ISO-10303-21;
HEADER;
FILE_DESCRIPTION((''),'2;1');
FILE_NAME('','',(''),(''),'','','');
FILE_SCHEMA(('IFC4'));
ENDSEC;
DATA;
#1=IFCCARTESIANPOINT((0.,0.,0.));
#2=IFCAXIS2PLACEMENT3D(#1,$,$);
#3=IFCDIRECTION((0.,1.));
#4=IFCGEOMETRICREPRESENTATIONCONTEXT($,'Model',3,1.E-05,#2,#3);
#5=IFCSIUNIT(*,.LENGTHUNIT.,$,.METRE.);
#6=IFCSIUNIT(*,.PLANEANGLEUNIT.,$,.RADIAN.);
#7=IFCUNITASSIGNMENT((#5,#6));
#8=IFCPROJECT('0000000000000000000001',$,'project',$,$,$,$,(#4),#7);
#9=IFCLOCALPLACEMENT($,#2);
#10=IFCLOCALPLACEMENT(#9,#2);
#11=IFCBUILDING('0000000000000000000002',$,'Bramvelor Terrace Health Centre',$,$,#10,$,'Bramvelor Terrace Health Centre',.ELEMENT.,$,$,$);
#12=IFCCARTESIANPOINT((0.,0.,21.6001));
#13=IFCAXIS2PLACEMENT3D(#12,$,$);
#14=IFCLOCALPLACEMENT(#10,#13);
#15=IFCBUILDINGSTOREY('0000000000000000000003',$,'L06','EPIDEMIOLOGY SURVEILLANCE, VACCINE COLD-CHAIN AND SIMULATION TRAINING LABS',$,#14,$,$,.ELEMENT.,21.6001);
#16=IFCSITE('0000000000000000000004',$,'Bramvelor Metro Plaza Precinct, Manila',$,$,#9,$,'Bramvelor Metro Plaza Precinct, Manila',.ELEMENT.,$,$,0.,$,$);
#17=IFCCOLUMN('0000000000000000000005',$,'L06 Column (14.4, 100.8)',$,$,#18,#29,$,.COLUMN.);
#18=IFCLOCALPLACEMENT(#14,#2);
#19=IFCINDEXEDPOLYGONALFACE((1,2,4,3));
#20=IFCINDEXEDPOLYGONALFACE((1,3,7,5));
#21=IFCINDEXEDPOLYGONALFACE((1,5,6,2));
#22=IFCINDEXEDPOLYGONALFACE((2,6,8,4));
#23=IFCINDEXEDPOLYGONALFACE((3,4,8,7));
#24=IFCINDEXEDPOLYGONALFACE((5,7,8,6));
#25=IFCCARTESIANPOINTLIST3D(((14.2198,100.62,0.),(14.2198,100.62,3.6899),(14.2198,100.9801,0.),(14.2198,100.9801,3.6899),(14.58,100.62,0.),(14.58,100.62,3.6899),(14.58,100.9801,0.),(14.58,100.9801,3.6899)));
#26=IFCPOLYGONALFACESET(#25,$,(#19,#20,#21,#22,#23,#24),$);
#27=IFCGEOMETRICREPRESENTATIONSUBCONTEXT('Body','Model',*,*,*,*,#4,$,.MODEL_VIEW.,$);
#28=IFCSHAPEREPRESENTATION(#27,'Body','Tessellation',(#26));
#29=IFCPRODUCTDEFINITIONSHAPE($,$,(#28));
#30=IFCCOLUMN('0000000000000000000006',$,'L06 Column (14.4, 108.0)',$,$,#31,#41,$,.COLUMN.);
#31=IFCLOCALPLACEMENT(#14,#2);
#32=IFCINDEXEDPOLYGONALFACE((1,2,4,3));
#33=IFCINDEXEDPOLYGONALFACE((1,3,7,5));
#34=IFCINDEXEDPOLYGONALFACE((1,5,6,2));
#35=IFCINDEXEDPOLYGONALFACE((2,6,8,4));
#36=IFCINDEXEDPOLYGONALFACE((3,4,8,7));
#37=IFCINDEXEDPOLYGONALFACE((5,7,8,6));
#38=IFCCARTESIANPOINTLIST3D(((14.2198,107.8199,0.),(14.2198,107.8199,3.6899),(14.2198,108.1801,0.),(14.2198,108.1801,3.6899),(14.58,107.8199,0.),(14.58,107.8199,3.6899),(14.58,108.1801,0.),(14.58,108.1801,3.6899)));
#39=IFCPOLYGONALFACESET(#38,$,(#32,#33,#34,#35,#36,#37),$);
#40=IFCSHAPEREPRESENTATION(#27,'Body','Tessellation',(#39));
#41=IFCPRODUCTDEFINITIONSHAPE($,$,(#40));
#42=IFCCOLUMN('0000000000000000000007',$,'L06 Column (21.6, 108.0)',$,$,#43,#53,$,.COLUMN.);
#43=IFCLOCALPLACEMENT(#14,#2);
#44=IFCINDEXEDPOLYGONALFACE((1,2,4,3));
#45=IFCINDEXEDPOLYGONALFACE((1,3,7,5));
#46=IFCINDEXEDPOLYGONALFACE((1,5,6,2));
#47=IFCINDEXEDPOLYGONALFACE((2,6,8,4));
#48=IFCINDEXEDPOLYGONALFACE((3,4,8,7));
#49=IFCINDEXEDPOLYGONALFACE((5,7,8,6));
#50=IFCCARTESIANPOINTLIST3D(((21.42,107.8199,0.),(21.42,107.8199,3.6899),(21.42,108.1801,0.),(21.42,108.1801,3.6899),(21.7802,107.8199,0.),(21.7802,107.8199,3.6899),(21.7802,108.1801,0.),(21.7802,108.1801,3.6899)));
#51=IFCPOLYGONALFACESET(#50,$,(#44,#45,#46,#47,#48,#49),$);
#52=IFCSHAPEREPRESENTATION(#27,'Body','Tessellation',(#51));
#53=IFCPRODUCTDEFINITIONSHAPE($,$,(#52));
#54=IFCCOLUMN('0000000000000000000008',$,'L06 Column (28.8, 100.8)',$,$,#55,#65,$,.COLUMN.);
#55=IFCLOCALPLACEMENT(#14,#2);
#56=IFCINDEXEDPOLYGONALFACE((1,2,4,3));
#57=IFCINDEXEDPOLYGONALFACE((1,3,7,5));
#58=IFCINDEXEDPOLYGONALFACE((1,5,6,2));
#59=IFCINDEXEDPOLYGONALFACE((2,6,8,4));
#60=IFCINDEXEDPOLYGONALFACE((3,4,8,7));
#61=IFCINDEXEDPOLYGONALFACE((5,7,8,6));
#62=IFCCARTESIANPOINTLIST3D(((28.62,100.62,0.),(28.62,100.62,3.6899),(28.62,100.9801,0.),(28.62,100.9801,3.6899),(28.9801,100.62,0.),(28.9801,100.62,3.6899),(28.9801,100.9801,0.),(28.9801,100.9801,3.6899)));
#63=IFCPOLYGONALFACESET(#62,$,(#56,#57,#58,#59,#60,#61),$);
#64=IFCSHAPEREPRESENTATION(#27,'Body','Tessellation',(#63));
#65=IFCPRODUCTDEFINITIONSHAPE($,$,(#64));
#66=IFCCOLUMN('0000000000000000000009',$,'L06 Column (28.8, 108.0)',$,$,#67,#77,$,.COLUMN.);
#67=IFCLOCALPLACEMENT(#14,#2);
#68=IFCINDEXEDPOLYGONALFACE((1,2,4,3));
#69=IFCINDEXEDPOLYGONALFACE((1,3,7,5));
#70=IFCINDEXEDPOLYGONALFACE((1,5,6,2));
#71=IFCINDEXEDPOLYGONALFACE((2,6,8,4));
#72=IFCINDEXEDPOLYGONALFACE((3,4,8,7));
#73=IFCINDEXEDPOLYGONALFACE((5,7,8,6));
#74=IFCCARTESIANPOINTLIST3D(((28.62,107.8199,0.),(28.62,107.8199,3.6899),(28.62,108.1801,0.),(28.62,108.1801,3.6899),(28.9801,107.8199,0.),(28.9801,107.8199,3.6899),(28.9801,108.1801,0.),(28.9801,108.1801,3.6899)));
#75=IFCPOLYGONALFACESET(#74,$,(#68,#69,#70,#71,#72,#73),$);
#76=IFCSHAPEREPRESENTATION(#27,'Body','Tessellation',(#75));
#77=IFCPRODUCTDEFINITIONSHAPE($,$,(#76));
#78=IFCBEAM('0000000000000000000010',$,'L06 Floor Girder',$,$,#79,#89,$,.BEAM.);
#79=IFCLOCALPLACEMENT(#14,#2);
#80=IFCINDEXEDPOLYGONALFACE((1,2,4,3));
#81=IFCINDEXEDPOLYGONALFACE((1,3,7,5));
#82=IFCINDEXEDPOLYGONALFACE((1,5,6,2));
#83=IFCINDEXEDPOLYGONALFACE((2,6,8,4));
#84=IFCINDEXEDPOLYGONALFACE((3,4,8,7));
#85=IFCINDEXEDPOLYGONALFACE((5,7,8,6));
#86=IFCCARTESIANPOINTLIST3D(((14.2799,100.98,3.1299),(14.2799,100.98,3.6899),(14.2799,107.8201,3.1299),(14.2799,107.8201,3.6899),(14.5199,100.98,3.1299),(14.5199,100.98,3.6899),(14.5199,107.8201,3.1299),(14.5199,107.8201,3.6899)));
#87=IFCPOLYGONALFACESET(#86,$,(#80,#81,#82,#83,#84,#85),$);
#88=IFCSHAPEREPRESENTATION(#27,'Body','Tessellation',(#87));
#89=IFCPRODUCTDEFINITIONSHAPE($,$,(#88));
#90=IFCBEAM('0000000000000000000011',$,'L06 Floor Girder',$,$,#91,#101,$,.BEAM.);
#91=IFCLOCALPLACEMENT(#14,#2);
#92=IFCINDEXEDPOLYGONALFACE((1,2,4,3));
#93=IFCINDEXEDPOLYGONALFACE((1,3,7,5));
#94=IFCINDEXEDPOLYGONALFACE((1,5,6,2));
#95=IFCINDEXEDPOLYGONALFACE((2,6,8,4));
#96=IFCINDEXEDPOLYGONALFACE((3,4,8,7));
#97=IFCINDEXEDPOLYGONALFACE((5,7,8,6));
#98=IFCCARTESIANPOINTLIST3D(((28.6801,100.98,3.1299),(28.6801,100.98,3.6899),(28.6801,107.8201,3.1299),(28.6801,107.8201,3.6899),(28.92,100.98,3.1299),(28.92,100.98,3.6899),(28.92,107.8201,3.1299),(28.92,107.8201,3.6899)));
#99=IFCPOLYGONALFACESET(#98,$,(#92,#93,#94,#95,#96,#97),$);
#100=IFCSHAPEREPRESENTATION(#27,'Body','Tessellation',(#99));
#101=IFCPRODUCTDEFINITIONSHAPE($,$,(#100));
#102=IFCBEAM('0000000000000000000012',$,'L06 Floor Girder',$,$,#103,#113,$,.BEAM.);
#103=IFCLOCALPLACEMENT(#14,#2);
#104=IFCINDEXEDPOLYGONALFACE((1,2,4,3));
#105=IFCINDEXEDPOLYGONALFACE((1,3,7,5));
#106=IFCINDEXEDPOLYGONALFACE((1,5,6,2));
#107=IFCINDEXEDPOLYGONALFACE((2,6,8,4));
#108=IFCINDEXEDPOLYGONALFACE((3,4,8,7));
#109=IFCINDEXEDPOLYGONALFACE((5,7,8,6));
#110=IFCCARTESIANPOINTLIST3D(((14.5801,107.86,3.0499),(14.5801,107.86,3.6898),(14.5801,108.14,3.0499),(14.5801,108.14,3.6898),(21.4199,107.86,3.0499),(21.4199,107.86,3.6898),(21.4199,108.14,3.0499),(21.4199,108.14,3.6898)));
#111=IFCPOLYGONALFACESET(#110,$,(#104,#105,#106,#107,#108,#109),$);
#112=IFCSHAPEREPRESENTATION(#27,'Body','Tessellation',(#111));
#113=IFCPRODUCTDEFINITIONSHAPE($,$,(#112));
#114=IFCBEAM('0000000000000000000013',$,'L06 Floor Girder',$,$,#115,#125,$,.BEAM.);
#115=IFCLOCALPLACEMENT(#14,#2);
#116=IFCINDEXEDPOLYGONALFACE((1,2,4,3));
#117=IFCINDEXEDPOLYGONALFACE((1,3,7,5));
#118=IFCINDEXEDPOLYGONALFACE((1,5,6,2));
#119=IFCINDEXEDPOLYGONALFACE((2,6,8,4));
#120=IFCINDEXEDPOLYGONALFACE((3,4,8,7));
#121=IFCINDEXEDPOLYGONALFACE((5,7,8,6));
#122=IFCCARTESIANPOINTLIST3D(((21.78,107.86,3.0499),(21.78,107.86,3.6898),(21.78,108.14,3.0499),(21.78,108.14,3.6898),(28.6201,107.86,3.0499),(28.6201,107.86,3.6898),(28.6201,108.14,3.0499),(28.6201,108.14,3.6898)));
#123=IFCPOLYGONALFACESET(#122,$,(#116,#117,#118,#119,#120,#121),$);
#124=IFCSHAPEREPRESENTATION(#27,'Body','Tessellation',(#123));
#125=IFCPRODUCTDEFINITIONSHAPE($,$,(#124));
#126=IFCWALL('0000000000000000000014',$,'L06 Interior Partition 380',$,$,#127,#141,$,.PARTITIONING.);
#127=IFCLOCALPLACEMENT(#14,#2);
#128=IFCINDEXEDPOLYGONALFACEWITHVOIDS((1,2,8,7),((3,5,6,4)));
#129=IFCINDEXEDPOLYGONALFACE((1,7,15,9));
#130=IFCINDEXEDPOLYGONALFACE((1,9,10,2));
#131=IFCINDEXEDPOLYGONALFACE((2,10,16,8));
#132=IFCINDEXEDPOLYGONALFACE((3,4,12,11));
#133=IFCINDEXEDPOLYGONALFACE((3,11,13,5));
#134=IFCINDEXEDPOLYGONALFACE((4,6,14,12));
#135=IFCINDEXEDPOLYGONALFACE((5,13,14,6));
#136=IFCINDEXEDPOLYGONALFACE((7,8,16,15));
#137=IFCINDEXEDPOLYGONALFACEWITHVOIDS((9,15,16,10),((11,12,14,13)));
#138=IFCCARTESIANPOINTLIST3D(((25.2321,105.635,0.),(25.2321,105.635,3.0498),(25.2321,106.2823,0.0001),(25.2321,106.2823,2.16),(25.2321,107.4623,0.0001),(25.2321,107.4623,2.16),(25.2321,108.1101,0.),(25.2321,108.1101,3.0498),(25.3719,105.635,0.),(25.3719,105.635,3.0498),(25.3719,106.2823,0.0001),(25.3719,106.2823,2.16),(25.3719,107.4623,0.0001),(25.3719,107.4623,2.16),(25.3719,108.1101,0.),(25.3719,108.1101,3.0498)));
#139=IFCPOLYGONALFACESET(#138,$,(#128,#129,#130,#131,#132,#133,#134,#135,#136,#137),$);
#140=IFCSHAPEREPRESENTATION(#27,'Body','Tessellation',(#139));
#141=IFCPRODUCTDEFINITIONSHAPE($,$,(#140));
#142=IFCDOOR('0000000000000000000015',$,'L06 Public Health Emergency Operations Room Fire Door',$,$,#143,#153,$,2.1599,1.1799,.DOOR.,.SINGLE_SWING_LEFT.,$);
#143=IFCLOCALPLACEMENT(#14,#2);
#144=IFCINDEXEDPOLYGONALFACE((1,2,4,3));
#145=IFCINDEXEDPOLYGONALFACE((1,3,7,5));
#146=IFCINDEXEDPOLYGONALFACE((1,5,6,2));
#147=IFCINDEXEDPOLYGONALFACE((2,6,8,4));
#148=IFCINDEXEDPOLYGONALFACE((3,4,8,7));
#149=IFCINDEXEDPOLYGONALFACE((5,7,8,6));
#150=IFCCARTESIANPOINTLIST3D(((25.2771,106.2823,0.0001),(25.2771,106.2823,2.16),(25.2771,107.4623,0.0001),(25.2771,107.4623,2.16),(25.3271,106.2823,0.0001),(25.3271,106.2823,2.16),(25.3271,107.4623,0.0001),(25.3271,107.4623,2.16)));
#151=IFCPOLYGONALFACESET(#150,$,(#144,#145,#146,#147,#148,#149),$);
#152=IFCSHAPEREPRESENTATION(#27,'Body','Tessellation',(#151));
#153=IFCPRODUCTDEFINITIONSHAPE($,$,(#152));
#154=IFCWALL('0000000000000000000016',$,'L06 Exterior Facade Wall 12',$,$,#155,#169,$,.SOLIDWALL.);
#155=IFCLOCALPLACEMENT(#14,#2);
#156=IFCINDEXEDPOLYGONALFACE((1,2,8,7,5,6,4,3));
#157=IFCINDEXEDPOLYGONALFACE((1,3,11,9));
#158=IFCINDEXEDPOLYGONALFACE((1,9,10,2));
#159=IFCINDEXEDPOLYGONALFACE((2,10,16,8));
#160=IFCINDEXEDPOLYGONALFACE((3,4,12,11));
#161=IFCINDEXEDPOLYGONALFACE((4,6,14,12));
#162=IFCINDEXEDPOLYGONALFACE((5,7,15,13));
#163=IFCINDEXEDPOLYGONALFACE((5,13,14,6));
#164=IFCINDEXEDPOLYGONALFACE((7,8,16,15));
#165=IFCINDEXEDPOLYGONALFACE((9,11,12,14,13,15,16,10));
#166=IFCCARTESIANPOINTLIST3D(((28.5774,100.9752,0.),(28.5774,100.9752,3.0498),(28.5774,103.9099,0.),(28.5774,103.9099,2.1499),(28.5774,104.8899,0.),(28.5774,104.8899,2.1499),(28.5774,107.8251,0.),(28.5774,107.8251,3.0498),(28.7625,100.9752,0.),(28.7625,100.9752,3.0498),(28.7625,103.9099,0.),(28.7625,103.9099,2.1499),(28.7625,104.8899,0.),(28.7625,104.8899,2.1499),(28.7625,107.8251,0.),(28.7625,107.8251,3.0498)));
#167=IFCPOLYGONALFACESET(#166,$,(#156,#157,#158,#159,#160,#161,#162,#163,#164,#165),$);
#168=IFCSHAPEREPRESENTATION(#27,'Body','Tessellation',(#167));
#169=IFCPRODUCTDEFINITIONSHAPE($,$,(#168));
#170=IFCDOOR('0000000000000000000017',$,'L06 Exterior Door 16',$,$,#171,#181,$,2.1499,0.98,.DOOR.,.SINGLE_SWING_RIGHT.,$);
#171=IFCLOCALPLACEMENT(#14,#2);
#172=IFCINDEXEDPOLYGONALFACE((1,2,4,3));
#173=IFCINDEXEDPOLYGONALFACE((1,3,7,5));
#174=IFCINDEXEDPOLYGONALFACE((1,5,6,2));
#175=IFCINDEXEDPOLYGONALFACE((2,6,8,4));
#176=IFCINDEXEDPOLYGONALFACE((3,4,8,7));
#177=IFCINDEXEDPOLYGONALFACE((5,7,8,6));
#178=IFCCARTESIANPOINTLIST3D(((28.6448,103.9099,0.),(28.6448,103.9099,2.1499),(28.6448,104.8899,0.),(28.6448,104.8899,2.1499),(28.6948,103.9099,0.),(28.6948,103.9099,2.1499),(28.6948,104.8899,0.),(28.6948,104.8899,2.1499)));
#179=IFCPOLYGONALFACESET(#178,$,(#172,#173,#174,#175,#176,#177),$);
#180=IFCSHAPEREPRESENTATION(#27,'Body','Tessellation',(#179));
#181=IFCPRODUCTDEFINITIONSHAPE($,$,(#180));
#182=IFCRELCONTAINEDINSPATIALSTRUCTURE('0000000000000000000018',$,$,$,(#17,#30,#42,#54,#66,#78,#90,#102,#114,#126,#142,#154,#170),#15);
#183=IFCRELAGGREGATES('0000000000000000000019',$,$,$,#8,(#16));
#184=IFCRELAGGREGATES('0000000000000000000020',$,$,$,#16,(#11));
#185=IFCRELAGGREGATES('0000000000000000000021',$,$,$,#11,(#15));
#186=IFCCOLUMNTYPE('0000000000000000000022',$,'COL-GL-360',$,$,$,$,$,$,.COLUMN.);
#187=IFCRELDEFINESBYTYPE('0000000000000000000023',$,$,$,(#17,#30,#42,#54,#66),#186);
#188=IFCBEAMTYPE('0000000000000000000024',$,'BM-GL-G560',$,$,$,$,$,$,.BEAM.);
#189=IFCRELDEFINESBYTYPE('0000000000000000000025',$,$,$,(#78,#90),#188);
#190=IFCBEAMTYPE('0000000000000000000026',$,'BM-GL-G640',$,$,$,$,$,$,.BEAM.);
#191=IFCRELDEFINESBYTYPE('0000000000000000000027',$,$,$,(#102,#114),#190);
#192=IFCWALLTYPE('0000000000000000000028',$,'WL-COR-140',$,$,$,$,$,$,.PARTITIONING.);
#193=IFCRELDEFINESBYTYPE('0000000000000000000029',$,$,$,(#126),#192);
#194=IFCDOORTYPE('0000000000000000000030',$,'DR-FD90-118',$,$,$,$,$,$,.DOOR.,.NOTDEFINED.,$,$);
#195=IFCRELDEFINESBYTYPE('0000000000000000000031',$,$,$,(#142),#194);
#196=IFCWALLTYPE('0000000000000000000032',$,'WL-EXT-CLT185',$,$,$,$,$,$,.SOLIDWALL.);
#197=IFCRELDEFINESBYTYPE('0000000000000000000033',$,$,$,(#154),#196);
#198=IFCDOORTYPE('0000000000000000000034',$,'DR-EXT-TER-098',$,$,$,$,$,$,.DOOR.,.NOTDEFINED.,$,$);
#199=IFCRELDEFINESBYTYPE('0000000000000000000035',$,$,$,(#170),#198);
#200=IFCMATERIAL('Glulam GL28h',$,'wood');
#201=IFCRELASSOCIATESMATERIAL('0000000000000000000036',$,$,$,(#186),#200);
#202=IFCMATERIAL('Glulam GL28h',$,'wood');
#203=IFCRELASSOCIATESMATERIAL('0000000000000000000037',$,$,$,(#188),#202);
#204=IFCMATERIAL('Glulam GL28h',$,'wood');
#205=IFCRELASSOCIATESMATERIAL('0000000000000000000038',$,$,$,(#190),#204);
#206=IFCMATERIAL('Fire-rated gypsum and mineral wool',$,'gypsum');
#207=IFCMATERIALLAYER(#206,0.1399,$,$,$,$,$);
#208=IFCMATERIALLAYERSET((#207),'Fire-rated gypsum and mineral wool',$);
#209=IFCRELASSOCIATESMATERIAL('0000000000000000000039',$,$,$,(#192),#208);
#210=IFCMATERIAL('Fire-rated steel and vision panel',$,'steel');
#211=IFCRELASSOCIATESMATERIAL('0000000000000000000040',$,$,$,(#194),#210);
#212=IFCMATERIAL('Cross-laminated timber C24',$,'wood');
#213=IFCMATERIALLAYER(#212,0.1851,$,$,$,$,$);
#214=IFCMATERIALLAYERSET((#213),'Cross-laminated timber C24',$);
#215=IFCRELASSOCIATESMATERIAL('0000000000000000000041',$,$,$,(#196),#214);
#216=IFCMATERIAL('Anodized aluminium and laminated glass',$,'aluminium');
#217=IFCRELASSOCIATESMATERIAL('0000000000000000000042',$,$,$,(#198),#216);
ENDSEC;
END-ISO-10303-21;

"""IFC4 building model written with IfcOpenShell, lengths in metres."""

from ifc_helpers import new_model, si_unit, direction, frame, frame_2d, origin, origin_2d, place, context, subcontext, project, spatial, rectangle, extrude, material, layer, layer_set, material_profile, profile_set, type_object, element, fill, save


model = new_model("IFC4")

# Units and contexts
model_context = context("Model", 3, precision=1e-05, world=origin(), true_north=direction((0.0, 1.0)))
body_context = subcontext(model_context, "Body", "Model", "MODEL_VIEW")
ifc_project = project(units=[si_unit("LENGTHUNIT", "METRE"), si_unit("PLANEANGLEUNIT", "RADIAN")], contexts=[model_context])

# Site, building, storey
site_placement = place(None, origin())
site = spatial("IfcSite", under=ifc_project, at=site_placement, Name="Bramvelor Metro Plaza Precinct, Manila", LongName="Bramvelor Metro Plaza Precinct, Manila", CompositionType="ELEMENT", RefElevation=0.0)
building_placement = place(site_placement, origin())
building = spatial("IfcBuilding", under=site, at=building_placement, Name="Bramvelor Terrace Health Centre", LongName="Bramvelor Terrace Health Centre", CompositionType="ELEMENT")
storey_placement = place(building_placement, frame((0.0, 0.0, 21.6001)))
storey = spatial("IfcBuildingStorey", under=building, at=storey_placement, Name="L06", Description="EPIDEMIOLOGY SURVEILLANCE, VACCINE COLD-CHAIN AND SIMULATION TRAINING LABS", CompositionType="ELEMENT", Elevation=21.6001)

# Columns
ifc_material_1 = material(Name="Glulam GL28h", Category="wood")
ifc_material_profile_1 = material_profile(ifc_material_1, rectangle(XDim=0.3601, YDim=0.3601, at=origin_2d()), Name="GL 360x360")
ifc_profile_set_1 = profile_set([ifc_material_profile_1], Name="Glulam GL28h")
column_type = type_object("IfcColumnType", Name="COL-GL-360", PredefinedType="COLUMN", material=ifc_profile_set_1)
for number, where, z_axis, x_axis, name in (
    (1, (14.3999, 100.8, 0.0), (0.0, 0.0, 1.0), (1.0, 0.0, 0.0), "L06 Column (14.4, 100.8)"),
    (2, (14.3999, 108.0, 0.0), (0.0, 0.0, 1.0), (1.0, 0.0, 0.0), "L06 Column (14.4, 108.0)"),
    (3, (21.6001, 108.0, 0.0), (0.0, 0.0, 1.0), (1.0, 0.0, 0.0), "L06 Column (21.6, 108.0)"),
    (4, (28.8, 100.8, 0.0), (0.0, 0.0, 1.0), (1.0, 0.0, 0.0), "L06 Column (28.8, 100.8)"),
    (5, (28.8, 108.0, 0.0), (0.0, 0.0, 1.0), (1.0, 0.0, 0.0), "L06 Column (28.8, 108.0)"),
):
    element("IfcColumn", number, at=place(storey_placement, frame(where, z_axis=z_axis, x_axis=x_axis)), inside=storey, type_object=column_type, Name=name, PredefinedType="COLUMN", context=body_context, shape_type="SweptSolid", body=[
        extrude(rectangle(XDim=0.3601, YDim=0.3601, at=origin_2d()), origin(), (0.0, 0.0, 1.0), 3.6899),
    ])

# Beams
ifc_material_2 = material(Name="Glulam GL28h", Category="wood")
ifc_material_profile_2 = material_profile(ifc_material_2, rectangle(XDim=0.24, YDim=0.5601, at=origin_2d()), Name="GL 240x560")
ifc_profile_set_2 = profile_set([ifc_material_profile_2], Name="Glulam GL28h")
beam_type_1 = type_object("IfcBeamType", Name="BM-GL-G560", PredefinedType="BEAM", material=ifc_profile_set_2)
for number, where, z_axis, x_axis, name in (
    (6, (14.3999, 100.98, 3.4099), (0.0, 1.0, 0.0), (-1.0, 0.0, 0.0), "L06 Floor Girder"),
    (7, (28.8, 100.98, 3.4099), (0.0, 1.0, 0.0), (-1.0, 0.0, 0.0), "L06 Floor Girder"),
):
    element("IfcBeam", number, at=place(storey_placement, frame(where, z_axis=z_axis, x_axis=x_axis)), inside=storey, type_object=beam_type_1, Name=name, PredefinedType="BEAM", context=body_context, shape_type="SweptSolid", body=[
        extrude(rectangle(XDim=0.24, YDim=0.5601, at=origin_2d()), origin(), (0.0, 0.0, 1.0), 6.8401),
    ])
ifc_material_3 = material(Name="Glulam GL28h", Category="wood")
ifc_material_profile_3 = material_profile(ifc_material_3, rectangle(XDim=0.28, YDim=0.6399, at=origin_2d()), Name="GL 280x640")
ifc_profile_set_3 = profile_set([ifc_material_profile_3], Name="Glulam GL28h")
beam_type_2 = type_object("IfcBeamType", Name="BM-GL-G640", PredefinedType="BEAM", material=ifc_profile_set_3)
beam_1_placement = place(storey_placement, frame((14.5801, 108.0, 3.3699), z_axis=(1.0, 0.0, 0.0), x_axis=(0.0, 1.0, 0.0)))
element("IfcBeam", 8, at=beam_1_placement, inside=storey, type_object=beam_type_2, Name="L06 Floor Girder", PredefinedType="BEAM", context=body_context, shape_type="SweptSolid", body=[
    extrude(rectangle(XDim=0.28, YDim=0.6399, at=origin_2d()), origin(), (0.0, 0.0, 1.0), 6.8398),
])
beam_2_placement = place(storey_placement, frame((21.78, 108.0, 3.3699), z_axis=(1.0, 0.0, 0.0), x_axis=(0.0, 1.0, 0.0)))
element("IfcBeam", 9, at=beam_2_placement, inside=storey, type_object=beam_type_2, Name="L06 Floor Girder", PredefinedType="BEAM", context=body_context, shape_type="SweptSolid", body=[
    extrude(rectangle(XDim=0.28, YDim=0.6399, at=origin_2d()), origin(), (0.0, 0.0, 1.0), 6.8401),
])

# Walls, openings, doors
ifc_material_4 = material(Name="Fire-rated gypsum and mineral wool", Category="gypsum")
ifc_layer_1 = layer(ifc_material_4, 0.1399)
ifc_layer_set_1 = layer_set([ifc_layer_1], Name="Fire-rated gypsum and mineral wool")
wall_type_1 = type_object("IfcWallType", Name="WL-COR-140", PredefinedType="PARTITIONING", material=ifc_layer_set_1)
wall_1_placement = place(storey_placement, frame((25.302, 105.635, 0.0), z_axis=(0.0, 0.0, 1.0), x_axis=(0.0, 1.0, 0.0)))
wall_1 = element("IfcWall", 10, at=wall_1_placement, inside=storey, type_object=wall_type_1, Name="L06 Interior Partition 380", PredefinedType="PARTITIONING", context=body_context, shape_type="SweptSolid", body=[
    extrude(rectangle(XDim=2.4751, YDim=0.1399, at=frame_2d((1.2375, 0.0))), origin(), (0.0, 0.0, 1.0), 3.0498),
])
opening_1_placement = place(wall_1_placement, frame((0.6475, 0.0, 0.0)))
opening_1 = element("IfcOpeningElement", 11, at=opening_1_placement, cuts=wall_1, PredefinedType="OPENING", context=body_context, shape_type="SweptSolid", body=[
    extrude(rectangle(XDim=1.1799, YDim=2.1599, at=frame_2d((0.5898, 1.0801))), frame((0.0, 0.0798, 0.0), z_axis=(0.0, -1.0, 0.0), x_axis=(1.0, 0.0, 0.0)), (0.0, 0.0, 1.0), 0.1599),
])
ifc_material_5 = material(Name="Fire-rated steel and vision panel", Category="steel")
door_type_1 = type_object("IfcDoorType", Name="DR-FD90-118", OperationType="NOTDEFINED", PredefinedType="DOOR", material=ifc_material_5)
door_1_placement = place(opening_1_placement, origin())
door_1 = element("IfcDoor", 12, at=door_1_placement, inside=storey, type_object=door_type_1, Name="L06 Public Health Emergency Operations Room Fire Door", OperationType="SINGLE_SWING_LEFT", OverallHeight=2.1599, OverallWidth=1.1799, PredefinedType="DOOR", context=body_context, shape_type="SweptSolid", body=[
    extrude(rectangle(XDim=1.1799, YDim=2.1599, at=frame_2d((0.5898, 1.0801))), frame((0.0, 0.0249, 0.0), z_axis=(0.0, -1.0, 0.0), x_axis=(1.0, 0.0, 0.0)), (0.0, 0.0, 1.0), 0.05),
])
fill(opening_1, door_1)
ifc_material_6 = material(Name="Cross-laminated timber C24", Category="wood")
ifc_layer_2 = layer(ifc_material_6, 0.1851)
ifc_layer_set_2 = layer_set([ifc_layer_2], Name="Cross-laminated timber C24")
wall_type_2 = type_object("IfcWallType", Name="WL-EXT-CLT185", PredefinedType="SOLIDWALL", material=ifc_layer_set_2)
wall_2_placement = place(storey_placement, frame((28.6699, 107.825, 0.0), z_axis=(0.0, 0.0, 1.0), x_axis=(0.0, -1.0, 0.0)))
wall_2 = element("IfcWall", 13, at=wall_2_placement, inside=storey, type_object=wall_type_2, Name="L06 Exterior Facade Wall 12", PredefinedType="SOLIDWALL", context=body_context, shape_type="SweptSolid", body=[
    extrude(rectangle(XDim=6.8499, YDim=0.1851, at=frame_2d((3.4248, 0.0))), origin(), (0.0, 0.0, 1.0), 3.0498),
])
opening_2_placement = place(wall_2_placement, frame((2.9351, 0.0, 0.0)))
opening_2 = element("IfcOpeningElement", 14, at=opening_2_placement, cuts=wall_2, PredefinedType="OPENING", context=body_context, shape_type="SweptSolid", body=[
    extrude(rectangle(XDim=0.98, YDim=2.1499, at=frame_2d((0.49, 1.075))), frame((0.0, 0.1025, 0.0), z_axis=(0.0, -1.0, 0.0), x_axis=(1.0, 0.0, 0.0)), (0.0, 0.0, 1.0), 0.2051),
])
ifc_material_7 = material(Name="Anodized aluminium and laminated glass", Category="aluminium")
door_type_2 = type_object("IfcDoorType", Name="DR-EXT-TER-098", OperationType="NOTDEFINED", PredefinedType="DOOR", material=ifc_material_7)
door_2_placement = place(opening_2_placement, origin())
door_2 = element("IfcDoor", 15, at=door_2_placement, inside=storey, type_object=door_type_2, Name="L06 Exterior Door 16", OperationType="SINGLE_SWING_RIGHT", OverallHeight=2.1499, OverallWidth=0.98, PredefinedType="DOOR", context=body_context, shape_type="SweptSolid", body=[
    extrude(rectangle(XDim=0.98, YDim=2.1499, at=frame_2d((0.49, 1.075))), frame((0.0, 0.0249, 0.0), z_axis=(0.0, -1.0, 0.0), x_axis=(1.0, 0.0, 0.0)), (0.0, 0.0, 1.0), 0.05),
])
fill(opening_2, door_2)

save(model, "model.ifc")
